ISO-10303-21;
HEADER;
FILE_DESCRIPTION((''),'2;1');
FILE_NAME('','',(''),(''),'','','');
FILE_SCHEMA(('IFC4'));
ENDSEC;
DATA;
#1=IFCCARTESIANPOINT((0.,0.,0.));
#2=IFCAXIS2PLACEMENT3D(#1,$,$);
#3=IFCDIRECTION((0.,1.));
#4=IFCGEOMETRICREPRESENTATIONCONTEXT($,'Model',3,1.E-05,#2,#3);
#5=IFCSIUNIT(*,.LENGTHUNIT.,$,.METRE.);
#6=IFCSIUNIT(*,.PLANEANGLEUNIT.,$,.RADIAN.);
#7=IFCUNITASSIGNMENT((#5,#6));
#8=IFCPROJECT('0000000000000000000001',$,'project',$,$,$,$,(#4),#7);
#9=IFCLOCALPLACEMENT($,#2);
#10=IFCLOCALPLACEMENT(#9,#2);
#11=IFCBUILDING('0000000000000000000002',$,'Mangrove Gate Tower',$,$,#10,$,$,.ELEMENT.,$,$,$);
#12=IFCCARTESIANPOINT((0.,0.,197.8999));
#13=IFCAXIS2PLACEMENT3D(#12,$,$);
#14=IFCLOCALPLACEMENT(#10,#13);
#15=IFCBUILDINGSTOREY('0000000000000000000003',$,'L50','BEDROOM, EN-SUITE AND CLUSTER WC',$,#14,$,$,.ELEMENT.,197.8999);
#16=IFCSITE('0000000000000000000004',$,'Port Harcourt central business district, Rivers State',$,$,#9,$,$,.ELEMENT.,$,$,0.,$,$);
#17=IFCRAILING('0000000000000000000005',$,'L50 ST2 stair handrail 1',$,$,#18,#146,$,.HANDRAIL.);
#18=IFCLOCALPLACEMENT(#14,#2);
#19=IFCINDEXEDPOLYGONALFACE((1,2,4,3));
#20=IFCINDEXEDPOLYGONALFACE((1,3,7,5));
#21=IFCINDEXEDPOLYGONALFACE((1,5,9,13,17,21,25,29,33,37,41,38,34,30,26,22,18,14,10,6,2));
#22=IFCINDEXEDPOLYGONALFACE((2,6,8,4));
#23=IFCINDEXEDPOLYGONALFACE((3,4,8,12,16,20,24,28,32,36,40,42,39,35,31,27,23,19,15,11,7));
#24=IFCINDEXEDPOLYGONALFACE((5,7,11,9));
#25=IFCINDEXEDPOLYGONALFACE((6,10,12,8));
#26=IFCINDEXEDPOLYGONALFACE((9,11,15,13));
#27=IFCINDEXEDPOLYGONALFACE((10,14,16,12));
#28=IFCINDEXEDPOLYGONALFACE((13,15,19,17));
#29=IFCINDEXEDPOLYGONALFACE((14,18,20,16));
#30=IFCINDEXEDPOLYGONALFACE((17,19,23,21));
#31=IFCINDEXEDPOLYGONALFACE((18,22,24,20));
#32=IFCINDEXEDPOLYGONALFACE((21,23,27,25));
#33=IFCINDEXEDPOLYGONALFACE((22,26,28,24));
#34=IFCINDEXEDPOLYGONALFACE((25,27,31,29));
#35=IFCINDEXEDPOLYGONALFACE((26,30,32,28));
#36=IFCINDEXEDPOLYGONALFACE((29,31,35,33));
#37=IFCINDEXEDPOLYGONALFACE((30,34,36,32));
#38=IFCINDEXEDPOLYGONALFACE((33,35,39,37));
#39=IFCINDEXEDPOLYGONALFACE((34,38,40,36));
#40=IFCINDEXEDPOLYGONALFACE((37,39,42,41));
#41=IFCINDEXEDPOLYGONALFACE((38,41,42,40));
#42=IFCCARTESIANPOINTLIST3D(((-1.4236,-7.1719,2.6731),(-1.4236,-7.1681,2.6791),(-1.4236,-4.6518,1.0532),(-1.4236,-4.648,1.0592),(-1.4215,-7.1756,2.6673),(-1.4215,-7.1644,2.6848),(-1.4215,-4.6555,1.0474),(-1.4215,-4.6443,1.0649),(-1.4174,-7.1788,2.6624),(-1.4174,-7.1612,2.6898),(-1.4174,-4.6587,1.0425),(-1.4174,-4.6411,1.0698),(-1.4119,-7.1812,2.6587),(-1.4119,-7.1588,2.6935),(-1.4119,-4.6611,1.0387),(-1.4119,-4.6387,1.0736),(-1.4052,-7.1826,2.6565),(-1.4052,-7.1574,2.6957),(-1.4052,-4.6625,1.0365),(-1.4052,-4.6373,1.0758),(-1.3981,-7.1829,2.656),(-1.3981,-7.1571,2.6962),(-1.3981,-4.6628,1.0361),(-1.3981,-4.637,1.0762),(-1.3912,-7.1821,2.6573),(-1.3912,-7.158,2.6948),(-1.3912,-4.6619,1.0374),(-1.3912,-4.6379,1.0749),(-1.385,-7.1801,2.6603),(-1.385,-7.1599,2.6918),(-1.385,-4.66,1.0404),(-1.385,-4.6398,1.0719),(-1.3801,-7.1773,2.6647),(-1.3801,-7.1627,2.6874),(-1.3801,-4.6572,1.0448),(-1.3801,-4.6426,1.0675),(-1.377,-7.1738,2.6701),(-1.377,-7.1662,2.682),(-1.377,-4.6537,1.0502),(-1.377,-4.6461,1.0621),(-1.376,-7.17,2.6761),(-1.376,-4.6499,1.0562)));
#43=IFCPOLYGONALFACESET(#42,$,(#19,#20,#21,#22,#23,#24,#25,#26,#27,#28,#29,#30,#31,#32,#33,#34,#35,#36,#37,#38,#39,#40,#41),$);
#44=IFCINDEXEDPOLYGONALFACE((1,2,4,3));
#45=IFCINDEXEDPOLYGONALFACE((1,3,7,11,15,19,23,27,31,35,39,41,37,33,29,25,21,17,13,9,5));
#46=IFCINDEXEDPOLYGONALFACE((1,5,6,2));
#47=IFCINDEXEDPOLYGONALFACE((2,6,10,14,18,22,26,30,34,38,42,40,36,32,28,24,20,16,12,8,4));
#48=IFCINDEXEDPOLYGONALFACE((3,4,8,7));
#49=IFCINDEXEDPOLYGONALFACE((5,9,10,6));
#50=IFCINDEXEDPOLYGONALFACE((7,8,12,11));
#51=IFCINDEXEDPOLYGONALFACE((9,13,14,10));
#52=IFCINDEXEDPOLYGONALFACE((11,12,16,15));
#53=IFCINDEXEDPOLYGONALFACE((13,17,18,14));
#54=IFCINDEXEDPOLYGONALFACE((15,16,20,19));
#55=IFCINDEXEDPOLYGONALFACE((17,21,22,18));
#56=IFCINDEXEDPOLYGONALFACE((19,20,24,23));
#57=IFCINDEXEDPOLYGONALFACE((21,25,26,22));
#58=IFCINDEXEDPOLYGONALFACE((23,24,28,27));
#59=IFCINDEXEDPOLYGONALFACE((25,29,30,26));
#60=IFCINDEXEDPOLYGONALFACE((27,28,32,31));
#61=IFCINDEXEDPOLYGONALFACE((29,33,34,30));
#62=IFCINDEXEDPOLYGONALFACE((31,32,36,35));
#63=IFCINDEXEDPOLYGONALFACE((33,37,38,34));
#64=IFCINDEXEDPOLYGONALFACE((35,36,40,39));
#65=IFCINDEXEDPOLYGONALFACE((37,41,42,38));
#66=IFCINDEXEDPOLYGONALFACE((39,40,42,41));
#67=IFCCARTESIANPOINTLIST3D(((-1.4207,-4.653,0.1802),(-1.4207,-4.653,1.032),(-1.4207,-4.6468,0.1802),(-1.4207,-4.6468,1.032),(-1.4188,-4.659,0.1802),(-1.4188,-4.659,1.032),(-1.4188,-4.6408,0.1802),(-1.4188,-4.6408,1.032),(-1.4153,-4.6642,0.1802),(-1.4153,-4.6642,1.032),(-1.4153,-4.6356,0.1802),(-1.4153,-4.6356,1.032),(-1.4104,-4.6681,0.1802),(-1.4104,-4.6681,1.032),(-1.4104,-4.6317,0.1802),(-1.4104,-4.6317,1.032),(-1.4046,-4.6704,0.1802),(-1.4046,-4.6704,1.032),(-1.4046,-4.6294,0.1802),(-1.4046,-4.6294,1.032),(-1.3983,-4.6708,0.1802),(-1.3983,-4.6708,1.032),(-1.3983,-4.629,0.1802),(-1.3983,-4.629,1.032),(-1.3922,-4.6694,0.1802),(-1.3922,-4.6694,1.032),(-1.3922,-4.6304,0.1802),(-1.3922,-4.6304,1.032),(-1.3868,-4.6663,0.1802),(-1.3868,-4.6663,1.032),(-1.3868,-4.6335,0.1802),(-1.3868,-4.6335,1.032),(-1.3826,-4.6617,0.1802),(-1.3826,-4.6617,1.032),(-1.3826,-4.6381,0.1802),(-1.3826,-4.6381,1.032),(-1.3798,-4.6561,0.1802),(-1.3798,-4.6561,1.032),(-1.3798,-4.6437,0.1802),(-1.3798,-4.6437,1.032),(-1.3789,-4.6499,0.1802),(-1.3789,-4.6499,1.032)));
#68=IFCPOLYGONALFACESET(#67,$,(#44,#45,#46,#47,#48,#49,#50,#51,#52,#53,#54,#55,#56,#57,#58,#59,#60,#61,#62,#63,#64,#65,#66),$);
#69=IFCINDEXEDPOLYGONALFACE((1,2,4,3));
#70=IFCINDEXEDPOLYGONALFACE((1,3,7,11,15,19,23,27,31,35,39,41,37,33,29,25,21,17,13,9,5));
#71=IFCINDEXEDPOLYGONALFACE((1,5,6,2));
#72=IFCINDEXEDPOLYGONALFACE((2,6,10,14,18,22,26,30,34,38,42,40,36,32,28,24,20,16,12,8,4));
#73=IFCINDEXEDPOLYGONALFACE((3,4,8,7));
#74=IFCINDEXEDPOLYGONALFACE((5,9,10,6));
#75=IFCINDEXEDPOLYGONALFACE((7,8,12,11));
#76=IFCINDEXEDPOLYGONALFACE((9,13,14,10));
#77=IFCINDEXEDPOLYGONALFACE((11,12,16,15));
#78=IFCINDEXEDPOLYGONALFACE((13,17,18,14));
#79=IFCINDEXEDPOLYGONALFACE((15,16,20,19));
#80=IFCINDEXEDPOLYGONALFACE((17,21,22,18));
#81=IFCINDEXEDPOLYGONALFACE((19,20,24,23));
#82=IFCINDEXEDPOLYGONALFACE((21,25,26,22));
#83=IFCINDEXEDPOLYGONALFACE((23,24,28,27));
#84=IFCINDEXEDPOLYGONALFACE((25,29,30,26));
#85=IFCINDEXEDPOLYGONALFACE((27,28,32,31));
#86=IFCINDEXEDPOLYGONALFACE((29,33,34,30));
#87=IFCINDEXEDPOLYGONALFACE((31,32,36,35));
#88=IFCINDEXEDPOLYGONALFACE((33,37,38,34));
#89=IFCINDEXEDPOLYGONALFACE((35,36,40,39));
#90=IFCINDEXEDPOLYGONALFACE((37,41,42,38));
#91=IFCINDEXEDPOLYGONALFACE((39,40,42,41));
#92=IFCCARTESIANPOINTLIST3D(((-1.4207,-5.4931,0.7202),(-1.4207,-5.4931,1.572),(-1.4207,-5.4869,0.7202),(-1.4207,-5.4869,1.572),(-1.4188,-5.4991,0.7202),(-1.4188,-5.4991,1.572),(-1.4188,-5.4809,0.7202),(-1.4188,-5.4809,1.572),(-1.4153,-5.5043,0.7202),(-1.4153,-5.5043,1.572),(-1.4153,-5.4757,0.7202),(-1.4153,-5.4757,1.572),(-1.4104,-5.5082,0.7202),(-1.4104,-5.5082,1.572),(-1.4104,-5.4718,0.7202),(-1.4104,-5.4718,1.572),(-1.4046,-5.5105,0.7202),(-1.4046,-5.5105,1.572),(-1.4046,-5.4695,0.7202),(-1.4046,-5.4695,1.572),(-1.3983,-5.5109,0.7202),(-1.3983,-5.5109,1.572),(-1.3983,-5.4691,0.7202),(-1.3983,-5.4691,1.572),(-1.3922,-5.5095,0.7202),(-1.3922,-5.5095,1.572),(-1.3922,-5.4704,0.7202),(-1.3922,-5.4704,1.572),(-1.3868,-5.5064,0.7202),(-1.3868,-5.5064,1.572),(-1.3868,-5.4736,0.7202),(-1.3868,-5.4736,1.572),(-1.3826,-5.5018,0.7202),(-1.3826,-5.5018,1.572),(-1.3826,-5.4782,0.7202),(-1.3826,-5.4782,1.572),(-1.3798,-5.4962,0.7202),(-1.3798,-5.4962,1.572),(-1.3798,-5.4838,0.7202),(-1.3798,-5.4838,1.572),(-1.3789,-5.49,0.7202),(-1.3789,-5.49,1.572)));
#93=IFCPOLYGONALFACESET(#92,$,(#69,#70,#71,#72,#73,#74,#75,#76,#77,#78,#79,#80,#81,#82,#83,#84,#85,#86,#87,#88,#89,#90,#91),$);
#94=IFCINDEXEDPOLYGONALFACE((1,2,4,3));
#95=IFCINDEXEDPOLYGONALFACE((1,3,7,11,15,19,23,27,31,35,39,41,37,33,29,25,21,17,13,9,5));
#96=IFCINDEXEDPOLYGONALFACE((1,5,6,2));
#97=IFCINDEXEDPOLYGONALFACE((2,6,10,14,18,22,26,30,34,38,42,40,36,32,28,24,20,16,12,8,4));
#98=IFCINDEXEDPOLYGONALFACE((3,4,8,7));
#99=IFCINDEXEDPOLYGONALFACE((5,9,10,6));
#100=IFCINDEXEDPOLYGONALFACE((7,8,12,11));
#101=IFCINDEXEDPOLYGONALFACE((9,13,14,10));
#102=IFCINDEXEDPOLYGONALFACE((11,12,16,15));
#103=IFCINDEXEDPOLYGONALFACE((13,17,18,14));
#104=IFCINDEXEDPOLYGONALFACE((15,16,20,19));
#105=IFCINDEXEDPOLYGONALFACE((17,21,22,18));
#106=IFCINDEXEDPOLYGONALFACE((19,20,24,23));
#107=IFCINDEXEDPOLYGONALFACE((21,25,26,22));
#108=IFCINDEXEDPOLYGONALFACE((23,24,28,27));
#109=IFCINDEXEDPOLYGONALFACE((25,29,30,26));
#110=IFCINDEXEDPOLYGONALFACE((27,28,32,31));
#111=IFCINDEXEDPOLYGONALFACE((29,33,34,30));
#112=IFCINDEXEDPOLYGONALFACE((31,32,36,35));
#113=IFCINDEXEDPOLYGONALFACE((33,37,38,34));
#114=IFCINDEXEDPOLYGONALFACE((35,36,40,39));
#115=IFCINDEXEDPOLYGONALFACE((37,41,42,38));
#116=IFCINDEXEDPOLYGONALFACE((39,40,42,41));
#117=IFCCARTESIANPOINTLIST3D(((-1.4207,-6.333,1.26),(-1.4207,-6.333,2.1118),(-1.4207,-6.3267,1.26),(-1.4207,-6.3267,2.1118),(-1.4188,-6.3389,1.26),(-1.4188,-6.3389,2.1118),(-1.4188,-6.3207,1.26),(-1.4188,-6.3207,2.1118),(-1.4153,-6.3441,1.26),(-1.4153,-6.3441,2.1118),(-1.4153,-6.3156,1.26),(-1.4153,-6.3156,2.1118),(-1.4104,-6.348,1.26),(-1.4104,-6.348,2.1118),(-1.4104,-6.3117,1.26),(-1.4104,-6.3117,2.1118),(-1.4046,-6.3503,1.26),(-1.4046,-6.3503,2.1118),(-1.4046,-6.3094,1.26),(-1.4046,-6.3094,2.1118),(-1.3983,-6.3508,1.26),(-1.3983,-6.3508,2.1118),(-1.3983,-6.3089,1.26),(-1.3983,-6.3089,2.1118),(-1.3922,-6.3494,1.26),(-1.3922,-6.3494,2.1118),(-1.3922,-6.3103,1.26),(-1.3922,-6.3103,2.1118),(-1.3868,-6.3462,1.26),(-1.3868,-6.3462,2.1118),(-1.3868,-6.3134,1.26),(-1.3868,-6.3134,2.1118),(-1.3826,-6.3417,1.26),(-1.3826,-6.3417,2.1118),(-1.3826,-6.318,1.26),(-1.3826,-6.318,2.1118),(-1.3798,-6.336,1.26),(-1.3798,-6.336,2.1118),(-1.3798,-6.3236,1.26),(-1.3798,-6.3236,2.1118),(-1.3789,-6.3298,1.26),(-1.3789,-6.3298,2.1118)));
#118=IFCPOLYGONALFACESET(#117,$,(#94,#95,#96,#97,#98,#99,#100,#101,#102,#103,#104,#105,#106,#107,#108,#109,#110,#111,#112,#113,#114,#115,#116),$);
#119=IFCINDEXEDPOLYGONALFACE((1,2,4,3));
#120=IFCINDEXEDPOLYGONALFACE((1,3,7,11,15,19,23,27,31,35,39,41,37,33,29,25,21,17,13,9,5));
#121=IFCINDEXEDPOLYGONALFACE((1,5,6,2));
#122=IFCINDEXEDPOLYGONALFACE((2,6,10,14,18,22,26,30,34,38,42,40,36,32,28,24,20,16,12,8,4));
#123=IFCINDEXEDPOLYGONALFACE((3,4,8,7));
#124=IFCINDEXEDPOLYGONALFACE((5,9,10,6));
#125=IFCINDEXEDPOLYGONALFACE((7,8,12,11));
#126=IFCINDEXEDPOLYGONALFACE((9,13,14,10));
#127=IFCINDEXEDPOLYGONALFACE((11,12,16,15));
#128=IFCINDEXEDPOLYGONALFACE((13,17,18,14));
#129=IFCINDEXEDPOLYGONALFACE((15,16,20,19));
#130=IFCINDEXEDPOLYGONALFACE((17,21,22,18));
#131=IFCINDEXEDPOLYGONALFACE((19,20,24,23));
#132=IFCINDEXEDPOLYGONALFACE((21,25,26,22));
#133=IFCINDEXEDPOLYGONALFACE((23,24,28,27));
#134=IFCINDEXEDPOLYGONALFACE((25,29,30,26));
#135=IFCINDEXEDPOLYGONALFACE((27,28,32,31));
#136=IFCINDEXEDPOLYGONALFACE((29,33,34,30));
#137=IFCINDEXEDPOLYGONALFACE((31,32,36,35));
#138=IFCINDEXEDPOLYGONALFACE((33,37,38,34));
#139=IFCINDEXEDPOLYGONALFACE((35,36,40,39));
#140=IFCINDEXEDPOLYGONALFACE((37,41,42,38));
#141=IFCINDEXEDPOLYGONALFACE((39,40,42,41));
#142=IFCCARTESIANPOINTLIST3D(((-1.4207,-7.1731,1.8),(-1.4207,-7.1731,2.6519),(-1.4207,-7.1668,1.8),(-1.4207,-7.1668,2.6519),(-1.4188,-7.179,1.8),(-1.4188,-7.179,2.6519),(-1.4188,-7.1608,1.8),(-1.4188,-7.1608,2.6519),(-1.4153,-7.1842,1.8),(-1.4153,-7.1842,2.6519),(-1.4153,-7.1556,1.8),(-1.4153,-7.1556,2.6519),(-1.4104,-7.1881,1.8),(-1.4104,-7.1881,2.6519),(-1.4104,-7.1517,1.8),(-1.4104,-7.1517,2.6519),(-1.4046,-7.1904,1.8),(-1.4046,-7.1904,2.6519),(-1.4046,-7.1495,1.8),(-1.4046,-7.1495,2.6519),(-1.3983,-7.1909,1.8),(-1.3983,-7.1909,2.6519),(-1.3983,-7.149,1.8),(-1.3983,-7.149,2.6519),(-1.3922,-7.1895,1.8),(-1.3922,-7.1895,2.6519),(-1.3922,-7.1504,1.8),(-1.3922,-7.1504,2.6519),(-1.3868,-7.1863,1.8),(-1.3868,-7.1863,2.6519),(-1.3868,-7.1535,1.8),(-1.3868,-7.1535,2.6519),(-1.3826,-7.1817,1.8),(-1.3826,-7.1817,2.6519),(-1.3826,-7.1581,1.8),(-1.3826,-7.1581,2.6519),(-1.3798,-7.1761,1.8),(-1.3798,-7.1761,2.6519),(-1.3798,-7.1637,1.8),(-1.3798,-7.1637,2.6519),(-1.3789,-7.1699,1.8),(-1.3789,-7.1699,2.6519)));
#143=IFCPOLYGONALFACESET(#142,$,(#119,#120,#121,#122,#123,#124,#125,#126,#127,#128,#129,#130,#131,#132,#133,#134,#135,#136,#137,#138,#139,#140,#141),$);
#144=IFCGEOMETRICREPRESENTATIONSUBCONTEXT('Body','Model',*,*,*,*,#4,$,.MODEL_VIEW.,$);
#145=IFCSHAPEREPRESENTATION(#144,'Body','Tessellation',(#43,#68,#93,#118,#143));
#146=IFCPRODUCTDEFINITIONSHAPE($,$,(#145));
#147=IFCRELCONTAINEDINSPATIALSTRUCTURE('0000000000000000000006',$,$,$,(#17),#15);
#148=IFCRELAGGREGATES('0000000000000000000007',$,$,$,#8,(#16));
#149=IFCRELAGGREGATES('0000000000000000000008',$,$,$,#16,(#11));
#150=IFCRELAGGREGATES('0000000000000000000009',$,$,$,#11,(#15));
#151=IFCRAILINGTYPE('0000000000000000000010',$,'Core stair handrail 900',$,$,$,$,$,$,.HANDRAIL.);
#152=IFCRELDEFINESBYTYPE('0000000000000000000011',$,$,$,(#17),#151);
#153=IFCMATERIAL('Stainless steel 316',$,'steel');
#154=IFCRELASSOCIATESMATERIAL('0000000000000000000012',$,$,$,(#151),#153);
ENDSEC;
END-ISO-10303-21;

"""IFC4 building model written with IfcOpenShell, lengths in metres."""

from ifc_helpers import new_model, si_unit, direction, frame, origin, origin_2d, place, context, subcontext, project, spatial, circle, extrude, material, type_object, element, save


model = new_model("IFC4")

# Units and contexts
model_context = context("Model", 3, precision=1e-05, world=origin(), true_north=direction((0.0, 1.0)))
body_context = subcontext(model_context, "Body", "Model", "MODEL_VIEW")
ifc_project = project(units=[si_unit("LENGTHUNIT", "METRE"), si_unit("PLANEANGLEUNIT", "RADIAN")], contexts=[model_context])

# Site, building, storey
site_placement = place(None, origin())
site = spatial("IfcSite", under=ifc_project, at=site_placement, Name="Port Harcourt central business district, Rivers State", CompositionType="ELEMENT", RefElevation=0.0)
building_placement = place(site_placement, origin())
building = spatial("IfcBuilding", under=site, at=building_placement, Name="Mangrove Gate Tower", CompositionType="ELEMENT")
storey_placement = place(building_placement, frame((0.0, 0.0, 197.8999)))
storey = spatial("IfcBuildingStorey", under=building, at=storey_placement, Name="L50", Description="BEDROOM, EN-SUITE AND CLUSTER WC", CompositionType="ELEMENT", Elevation=197.8999)

# Railing
ifc_material_1 = material(Name="Stainless steel 316", Category="steel")
railing_type_1 = type_object("IfcRailingType", Name="Core stair handrail 900", PredefinedType="HANDRAIL", material=ifc_material_1)
railing_1_placement = place(storey_placement, frame((-1.3999, -4.6499, 0.1802)))
element("IfcRailing", 1, at=railing_1_placement, inside=storey, type_object=railing_type_1, Name="L50 ST2 stair handrail 1", PredefinedType="HANDRAIL", context=body_context, shape_type="SweptSolid", body=[
    extrude(circle(Radius=0.0239, at=origin_2d()), frame((0.0, 0.0, 0.876), z_axis=(0.0, -0.8412, 0.540725), x_axis=(1.0, 0.0, 0.0)), (0.0, 0.0, 1.0), 2.9958),
    extrude(circle(Radius=0.021, at=origin_2d()), origin(), (0.0, 0.0, 1.0), 0.8518),
    extrude(circle(Radius=0.021, at=origin_2d()), frame((0.0, -0.8401, 0.54)), (0.0, 0.0, 1.0), 0.8518),
    extrude(circle(Radius=0.021, at=origin_2d()), frame((0.0, -1.6799, 1.0798)), (0.0, 0.0, 1.0), 0.8518),
    extrude(circle(Radius=0.021, at=origin_2d()), frame((0.0, -2.52, 1.6199)), (0.0, 0.0, 1.0), 0.8518),
])

save(model, "model.ifc")
